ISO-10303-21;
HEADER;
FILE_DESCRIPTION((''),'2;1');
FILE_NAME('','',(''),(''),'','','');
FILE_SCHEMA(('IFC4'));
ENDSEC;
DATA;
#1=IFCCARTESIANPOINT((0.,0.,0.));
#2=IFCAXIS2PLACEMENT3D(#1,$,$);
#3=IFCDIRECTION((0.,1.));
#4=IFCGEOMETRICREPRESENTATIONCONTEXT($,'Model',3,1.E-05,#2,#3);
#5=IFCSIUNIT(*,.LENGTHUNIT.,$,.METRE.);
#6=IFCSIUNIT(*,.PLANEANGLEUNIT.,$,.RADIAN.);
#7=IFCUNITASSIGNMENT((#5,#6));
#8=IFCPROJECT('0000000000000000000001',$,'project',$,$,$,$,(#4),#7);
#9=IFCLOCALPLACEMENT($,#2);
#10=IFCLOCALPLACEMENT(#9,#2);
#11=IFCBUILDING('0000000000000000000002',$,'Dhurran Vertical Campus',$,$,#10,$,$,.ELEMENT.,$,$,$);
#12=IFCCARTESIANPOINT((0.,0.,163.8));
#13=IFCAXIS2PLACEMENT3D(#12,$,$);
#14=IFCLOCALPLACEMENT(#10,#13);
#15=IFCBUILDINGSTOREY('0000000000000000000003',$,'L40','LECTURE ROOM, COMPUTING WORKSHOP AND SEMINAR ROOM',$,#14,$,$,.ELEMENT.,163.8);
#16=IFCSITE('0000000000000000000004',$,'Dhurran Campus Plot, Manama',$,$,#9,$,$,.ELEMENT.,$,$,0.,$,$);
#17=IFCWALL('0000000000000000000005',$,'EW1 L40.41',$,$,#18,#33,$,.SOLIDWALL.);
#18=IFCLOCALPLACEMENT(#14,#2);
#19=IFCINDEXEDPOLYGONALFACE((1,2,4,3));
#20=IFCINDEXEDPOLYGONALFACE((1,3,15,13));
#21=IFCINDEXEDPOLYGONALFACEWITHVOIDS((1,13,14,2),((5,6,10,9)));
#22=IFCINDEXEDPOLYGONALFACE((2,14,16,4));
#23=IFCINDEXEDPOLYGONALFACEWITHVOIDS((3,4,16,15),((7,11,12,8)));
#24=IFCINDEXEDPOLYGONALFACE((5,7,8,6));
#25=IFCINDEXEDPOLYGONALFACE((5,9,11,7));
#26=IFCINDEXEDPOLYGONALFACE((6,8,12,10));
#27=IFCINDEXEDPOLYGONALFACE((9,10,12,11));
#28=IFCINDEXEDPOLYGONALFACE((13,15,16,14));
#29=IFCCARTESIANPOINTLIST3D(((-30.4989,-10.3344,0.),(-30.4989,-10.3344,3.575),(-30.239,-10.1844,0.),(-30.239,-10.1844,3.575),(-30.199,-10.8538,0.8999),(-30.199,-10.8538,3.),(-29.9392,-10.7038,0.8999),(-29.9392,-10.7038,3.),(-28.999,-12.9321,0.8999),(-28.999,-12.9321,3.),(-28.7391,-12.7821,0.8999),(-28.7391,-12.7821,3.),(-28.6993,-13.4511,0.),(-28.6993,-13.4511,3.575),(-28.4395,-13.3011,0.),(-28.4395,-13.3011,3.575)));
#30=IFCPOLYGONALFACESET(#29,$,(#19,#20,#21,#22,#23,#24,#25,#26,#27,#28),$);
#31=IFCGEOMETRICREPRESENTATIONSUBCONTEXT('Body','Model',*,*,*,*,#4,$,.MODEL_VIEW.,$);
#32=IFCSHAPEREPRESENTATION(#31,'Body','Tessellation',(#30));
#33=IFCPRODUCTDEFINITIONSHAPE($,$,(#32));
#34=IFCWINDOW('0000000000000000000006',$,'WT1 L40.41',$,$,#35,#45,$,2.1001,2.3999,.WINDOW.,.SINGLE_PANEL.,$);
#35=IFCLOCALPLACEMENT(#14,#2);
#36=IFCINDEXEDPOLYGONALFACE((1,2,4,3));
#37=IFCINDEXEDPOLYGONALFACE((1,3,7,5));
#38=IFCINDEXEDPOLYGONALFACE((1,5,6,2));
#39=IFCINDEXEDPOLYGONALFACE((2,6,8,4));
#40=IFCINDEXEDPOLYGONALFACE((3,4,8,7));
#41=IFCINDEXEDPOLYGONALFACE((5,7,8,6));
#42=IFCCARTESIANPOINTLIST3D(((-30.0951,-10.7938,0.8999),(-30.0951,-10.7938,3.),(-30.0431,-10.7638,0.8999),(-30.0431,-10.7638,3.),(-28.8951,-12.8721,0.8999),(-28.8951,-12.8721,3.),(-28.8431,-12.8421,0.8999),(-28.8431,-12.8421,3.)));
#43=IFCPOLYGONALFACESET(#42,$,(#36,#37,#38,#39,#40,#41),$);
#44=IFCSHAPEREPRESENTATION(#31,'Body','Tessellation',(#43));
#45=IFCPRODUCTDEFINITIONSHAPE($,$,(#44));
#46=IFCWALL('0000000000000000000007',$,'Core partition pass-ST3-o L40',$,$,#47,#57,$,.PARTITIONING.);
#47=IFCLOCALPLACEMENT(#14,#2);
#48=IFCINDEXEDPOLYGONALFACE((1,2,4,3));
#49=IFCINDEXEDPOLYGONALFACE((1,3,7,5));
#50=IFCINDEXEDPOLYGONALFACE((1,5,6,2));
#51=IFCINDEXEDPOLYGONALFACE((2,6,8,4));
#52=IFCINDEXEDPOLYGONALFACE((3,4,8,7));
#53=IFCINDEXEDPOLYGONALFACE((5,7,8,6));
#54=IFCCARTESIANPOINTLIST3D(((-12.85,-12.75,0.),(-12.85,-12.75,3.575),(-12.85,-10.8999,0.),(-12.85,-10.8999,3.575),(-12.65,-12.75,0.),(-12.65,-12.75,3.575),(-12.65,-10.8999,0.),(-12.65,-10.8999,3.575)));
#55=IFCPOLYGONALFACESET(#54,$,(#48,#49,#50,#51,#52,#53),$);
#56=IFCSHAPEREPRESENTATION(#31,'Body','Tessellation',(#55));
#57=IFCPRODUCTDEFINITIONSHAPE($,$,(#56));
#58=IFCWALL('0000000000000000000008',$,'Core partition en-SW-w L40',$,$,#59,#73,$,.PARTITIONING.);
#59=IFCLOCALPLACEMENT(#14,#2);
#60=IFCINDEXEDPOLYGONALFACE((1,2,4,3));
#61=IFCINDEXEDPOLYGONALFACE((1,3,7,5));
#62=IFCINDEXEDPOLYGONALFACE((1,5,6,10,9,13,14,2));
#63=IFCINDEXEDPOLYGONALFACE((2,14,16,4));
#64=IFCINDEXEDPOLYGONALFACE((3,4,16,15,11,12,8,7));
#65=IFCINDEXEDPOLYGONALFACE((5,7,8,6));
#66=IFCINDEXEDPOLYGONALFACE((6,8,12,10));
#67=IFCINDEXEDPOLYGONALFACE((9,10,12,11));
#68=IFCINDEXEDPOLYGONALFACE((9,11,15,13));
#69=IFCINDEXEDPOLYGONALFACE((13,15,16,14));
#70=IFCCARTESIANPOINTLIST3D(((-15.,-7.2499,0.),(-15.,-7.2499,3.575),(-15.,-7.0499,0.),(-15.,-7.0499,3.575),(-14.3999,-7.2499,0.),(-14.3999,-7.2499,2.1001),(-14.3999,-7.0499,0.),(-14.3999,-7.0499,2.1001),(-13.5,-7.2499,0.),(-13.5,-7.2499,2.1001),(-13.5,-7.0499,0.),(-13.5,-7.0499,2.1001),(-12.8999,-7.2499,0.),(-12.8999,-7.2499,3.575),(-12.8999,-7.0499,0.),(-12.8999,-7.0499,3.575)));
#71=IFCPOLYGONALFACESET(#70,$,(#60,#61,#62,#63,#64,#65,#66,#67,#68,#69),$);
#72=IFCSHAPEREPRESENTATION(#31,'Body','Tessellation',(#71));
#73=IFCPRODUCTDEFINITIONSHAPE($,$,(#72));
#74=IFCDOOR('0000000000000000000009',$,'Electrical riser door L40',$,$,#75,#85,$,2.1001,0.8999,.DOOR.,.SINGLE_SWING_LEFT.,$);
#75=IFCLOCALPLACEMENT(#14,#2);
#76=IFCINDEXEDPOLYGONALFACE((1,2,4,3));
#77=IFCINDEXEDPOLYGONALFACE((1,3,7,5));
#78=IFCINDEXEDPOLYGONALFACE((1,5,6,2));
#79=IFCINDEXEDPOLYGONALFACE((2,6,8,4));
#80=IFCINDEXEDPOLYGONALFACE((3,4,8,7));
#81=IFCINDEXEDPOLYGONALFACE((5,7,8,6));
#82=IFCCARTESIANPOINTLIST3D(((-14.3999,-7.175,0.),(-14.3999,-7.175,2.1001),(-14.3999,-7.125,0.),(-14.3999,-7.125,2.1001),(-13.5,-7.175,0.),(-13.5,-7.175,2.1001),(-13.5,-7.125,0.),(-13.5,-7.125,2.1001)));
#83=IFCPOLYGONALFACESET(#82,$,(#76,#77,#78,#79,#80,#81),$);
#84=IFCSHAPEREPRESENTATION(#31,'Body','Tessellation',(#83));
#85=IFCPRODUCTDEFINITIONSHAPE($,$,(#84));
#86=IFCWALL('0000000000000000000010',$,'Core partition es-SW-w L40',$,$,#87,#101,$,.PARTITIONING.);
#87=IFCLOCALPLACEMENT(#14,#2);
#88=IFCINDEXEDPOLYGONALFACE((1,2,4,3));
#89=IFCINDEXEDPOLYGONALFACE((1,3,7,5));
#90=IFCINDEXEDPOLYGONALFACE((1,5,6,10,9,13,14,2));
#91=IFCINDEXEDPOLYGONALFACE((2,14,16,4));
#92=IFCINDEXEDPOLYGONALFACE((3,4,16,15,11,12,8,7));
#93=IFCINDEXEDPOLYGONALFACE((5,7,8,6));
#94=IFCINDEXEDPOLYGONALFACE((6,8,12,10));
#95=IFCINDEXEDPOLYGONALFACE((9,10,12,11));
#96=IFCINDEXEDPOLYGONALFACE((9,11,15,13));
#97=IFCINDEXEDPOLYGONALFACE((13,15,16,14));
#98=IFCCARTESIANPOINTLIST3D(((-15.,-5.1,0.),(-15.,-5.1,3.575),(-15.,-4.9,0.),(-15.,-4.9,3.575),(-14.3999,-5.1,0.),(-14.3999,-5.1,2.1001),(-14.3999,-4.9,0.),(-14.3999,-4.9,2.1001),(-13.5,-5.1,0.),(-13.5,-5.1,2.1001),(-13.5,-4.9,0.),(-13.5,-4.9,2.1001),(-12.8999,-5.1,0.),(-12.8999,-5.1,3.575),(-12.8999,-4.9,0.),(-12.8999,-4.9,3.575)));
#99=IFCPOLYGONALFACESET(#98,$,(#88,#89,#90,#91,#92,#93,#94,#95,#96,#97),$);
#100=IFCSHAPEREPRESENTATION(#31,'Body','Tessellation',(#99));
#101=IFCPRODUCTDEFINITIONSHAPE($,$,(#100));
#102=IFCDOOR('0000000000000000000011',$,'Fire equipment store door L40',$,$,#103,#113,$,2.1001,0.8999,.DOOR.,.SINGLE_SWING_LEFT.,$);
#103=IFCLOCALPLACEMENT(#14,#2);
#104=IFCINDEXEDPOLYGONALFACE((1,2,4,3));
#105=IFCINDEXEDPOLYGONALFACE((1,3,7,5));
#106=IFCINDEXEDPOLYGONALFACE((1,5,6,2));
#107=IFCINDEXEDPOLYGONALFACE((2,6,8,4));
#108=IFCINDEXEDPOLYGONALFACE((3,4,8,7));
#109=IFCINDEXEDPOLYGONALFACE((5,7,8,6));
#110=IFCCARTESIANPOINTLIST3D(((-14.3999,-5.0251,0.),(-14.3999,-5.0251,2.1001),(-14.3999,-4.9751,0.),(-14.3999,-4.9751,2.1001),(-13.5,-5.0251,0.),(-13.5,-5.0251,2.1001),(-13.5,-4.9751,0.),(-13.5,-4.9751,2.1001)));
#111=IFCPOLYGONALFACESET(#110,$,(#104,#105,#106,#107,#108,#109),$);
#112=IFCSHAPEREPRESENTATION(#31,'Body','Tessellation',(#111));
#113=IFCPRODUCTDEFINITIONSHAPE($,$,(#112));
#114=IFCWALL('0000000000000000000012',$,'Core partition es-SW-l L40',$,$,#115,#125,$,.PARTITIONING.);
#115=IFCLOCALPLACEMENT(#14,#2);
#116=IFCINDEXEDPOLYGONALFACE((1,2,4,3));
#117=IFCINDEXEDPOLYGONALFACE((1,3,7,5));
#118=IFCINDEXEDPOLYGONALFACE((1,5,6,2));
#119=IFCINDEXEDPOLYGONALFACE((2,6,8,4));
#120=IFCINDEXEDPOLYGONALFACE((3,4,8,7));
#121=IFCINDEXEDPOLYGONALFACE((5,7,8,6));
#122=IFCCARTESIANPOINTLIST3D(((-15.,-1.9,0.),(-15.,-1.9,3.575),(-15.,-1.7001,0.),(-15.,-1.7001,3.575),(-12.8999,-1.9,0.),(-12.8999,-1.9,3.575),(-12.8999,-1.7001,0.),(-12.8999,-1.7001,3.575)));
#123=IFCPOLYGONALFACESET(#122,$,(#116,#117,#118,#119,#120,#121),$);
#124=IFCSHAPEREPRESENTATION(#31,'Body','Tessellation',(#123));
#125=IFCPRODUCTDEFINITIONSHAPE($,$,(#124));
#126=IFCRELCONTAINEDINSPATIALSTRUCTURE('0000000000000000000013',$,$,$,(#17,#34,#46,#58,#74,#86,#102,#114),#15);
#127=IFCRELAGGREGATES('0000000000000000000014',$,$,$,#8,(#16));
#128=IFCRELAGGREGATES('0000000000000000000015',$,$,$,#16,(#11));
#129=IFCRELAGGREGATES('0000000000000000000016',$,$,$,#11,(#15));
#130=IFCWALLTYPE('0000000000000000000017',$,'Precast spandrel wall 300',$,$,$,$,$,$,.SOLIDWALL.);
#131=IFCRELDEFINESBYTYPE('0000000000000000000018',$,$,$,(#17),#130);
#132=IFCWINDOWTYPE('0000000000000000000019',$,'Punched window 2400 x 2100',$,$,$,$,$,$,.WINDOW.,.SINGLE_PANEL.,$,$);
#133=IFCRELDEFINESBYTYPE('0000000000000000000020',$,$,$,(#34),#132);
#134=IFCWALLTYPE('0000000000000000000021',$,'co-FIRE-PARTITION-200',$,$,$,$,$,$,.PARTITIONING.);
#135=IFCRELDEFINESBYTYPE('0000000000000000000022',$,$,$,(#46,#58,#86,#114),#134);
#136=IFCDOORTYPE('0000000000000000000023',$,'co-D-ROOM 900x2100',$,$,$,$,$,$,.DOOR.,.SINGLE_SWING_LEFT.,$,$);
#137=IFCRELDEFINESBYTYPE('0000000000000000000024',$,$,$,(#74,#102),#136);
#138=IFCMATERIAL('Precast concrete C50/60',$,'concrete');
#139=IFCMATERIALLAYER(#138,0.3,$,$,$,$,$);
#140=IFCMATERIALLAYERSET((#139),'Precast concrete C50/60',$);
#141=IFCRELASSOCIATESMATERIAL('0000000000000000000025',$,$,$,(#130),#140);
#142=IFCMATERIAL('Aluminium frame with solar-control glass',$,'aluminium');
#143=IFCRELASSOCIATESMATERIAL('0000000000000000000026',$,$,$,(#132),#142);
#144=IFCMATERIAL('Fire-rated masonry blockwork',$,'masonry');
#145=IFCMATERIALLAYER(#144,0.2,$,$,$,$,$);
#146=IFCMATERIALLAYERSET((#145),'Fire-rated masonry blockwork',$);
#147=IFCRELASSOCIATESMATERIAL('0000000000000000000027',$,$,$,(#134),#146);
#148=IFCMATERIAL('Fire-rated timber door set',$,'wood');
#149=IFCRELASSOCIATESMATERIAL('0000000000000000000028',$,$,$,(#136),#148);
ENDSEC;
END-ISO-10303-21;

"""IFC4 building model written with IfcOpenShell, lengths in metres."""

from ifc_helpers import new_model, si_unit, direction, frame, frame_2d, origin, place, context, subcontext, project, spatial, rectangle, extrude, material, layer, layer_set, type_object, element, fill, save


model = new_model("IFC4")

# Units and contexts
model_context = context("Model", 3, precision=1e-05, world=origin(), true_north=direction((0.0, 1.0)))
body_context = subcontext(model_context, "Body", "Model", "MODEL_VIEW")
ifc_project = project(units=[si_unit("LENGTHUNIT", "METRE"), si_unit("PLANEANGLEUNIT", "RADIAN")], contexts=[model_context])

# Site, building, storey
site_placement = place(None, origin())
site = spatial("IfcSite", under=ifc_project, at=site_placement, Name="Dhurran Campus Plot, Manama", CompositionType="ELEMENT", RefElevation=0.0)
building_placement = place(site_placement, origin())
building = spatial("IfcBuilding", under=site, at=building_placement, Name="Dhurran Vertical Campus", CompositionType="ELEMENT")
storey_placement = place(building_placement, frame((0.0, 0.0, 163.8)))
storey = spatial("IfcBuildingStorey", under=building, at=storey_placement, Name="L40", Description="LECTURE ROOM, COMPUTING WORKSHOP AND SEMINAR ROOM", CompositionType="ELEMENT", Elevation=163.8)

# Wall, opening, window
ifc_material_1 = material(Name="Precast concrete C50/60", Category="concrete")
ifc_layer_1 = layer(ifc_material_1, 0.3)
ifc_layer_set_1 = layer_set([ifc_layer_1], Name="Precast concrete C50/60")
wall_type_1 = type_object("IfcWallType", Name="Precast spandrel wall 300", PredefinedType="SOLIDWALL", material=ifc_layer_set_1)
ifc_material_2 = material(Name="Aluminium frame with solar-control glass", Category="aluminium")
window_type = type_object("IfcWindowType", Name="Punched window 2400 x 2100", PartitioningType="SINGLE_PANEL", PredefinedType="WINDOW", material=ifc_material_2)
wall_1_placement = place(storey_placement, frame((-30.3689, -10.2595, 0.0), z_axis=(0.0, 0.0, 1.0), x_axis=(0.500028, -0.866009, 0.0)))
wall_1 = element("IfcWall", 1, at=wall_1_placement, inside=storey, type_object=wall_type_1, Name="EW1 L40.41", PredefinedType="SOLIDWALL", context=body_context, shape_type="SweptSolid", body=[
    extrude(rectangle(XDim=3.5989, YDim=0.3, at=frame_2d((1.7993, 0.0))), origin(), (0.0, 0.0, 1.0), 3.575),
])
opening_1_placement = place(wall_1_placement, frame((0.5996, 0.0, 0.8999)))
opening_1 = element("IfcOpeningElement", 2, at=opening_1_placement, cuts=wall_1, PredefinedType="OPENING", context=body_context, shape_type="SweptSolid", body=[
    extrude(rectangle(XDim=2.3999, YDim=2.1001, at=frame_2d((1.2, 1.05))), frame((0.0, 0.1599, 0.0), z_axis=(0.0, -1.0, 0.0), x_axis=(1.0, 0.0, 0.0)), (0.0, 0.0, 1.0), 0.3201),
])
window_1_placement = place(opening_1_placement, origin())
window_1 = element("IfcWindow", 3, at=window_1_placement, inside=storey, type_object=window_type, Name="WT1 L40.41", OverallHeight=2.1001, OverallWidth=2.3999, PartitioningType="SINGLE_PANEL", PredefinedType="WINDOW", context=body_context, shape_type="SweptSolid", body=[
    extrude(rectangle(XDim=2.3999, YDim=2.1001, at=frame_2d((1.2, 1.05))), frame((0.0, 0.03, 0.0), z_axis=(0.0, -1.0, 0.0), x_axis=(1.0, 0.0, 0.0)), (0.0, 0.0, 1.0), 0.0601),
])
fill(opening_1, window_1)

# Wall
ifc_material_3 = material(Name="Fire-rated masonry blockwork", Category="masonry")
ifc_layer_2 = layer(ifc_material_3, 0.2)
ifc_layer_set_2 = layer_set([ifc_layer_2], Name="Fire-rated masonry blockwork")
wall_type_2 = type_object("IfcWallType", Name="co-FIRE-PARTITION-200", PredefinedType="PARTITIONING", material=ifc_layer_set_2)
wall_2_placement = place(storey_placement, frame((-12.75, -12.75, 0.0), z_axis=(0.0, 0.0, 1.0), x_axis=(0.0, 1.0, 0.0)))
element("IfcWall", 4, at=wall_2_placement, inside=storey, type_object=wall_type_2, Name="Core partition pass-ST3-o L40", PredefinedType="PARTITIONING", context=body_context, shape_type="SweptSolid", body=[
    extrude(rectangle(XDim=1.8501, YDim=0.2, at=frame_2d((0.925, 0.0))), origin(), (0.0, 0.0, 1.0), 3.575),
])

# Walls, openings, doors
wall_3_placement = place(storey_placement, frame((-15.0, -7.1499, 0.0), z_axis=(0.0, 0.0, 1.0), x_axis=(1.0, 0.0, 0.0)))
wall_3 = element("IfcWall", 5, at=wall_3_placement, inside=storey, type_object=wall_type_2, Name="Core partition en-SW-w L40", PredefinedType="PARTITIONING", context=body_context, shape_type="SweptSolid", body=[
    extrude(rectangle(XDim=2.1001, YDim=0.2, at=frame_2d((1.05, 0.0))), origin(), (0.0, 0.0, 1.0), 3.575),
])
opening_2_placement = place(wall_3_placement, frame((0.6001, 0.0, 0.0)))
opening_2 = element("IfcOpeningElement", 6, at=opening_2_placement, cuts=wall_3, PredefinedType="OPENING", context=body_context, shape_type="SweptSolid", body=[
    extrude(rectangle(XDim=0.8999, YDim=2.1001, at=frame_2d((0.45, 1.05))), frame((0.0, 0.1099, 0.0), z_axis=(0.0, -1.0, 0.0), x_axis=(1.0, 0.0, 0.0)), (0.0, 0.0, 1.0), 0.22),
])
ifc_material_4 = material(Name="Fire-rated timber door set", Category="wood")
door_type_1 = type_object("IfcDoorType", Name="co-D-ROOM 900x2100", OperationType="SINGLE_SWING_LEFT", PredefinedType="DOOR", material=ifc_material_4)
door_1_placement = place(opening_2_placement, origin())
door_1 = element("IfcDoor", 7, at=door_1_placement, inside=storey, type_object=door_type_1, Name="Electrical riser door L40", OperationType="SINGLE_SWING_LEFT", OverallHeight=2.1001, OverallWidth=0.8999, PredefinedType="DOOR", context=body_context, shape_type="SweptSolid", body=[
    extrude(rectangle(XDim=0.8999, YDim=2.1001, at=frame_2d((0.45, 1.05))), frame((0.0, 0.0249, 0.0), z_axis=(0.0, -1.0, 0.0), x_axis=(1.0, 0.0, 0.0)), (0.0, 0.0, 1.0), 0.05),
])
fill(opening_2, door_1)
wall_4_placement = place(storey_placement, frame((-15.0, -5.0, 0.0), z_axis=(0.0, 0.0, 1.0), x_axis=(1.0, 0.0, 0.0)))
wall_4 = element("IfcWall", 8, at=wall_4_placement, inside=storey, type_object=wall_type_2, Name="Core partition es-SW-w L40", PredefinedType="PARTITIONING", context=body_context, shape_type="SweptSolid", body=[
    extrude(rectangle(XDim=2.1001, YDim=0.2, at=frame_2d((1.05, 0.0))), origin(), (0.0, 0.0, 1.0), 3.575),
])
opening_3_placement = place(wall_4_placement, frame((0.6001, 0.0, 0.0)))
opening_3 = element("IfcOpeningElement", 9, at=opening_3_placement, cuts=wall_4, PredefinedType="OPENING", context=body_context, shape_type="SweptSolid", body=[
    extrude(rectangle(XDim=0.8999, YDim=2.1001, at=frame_2d((0.45, 1.05))), frame((0.0, 0.1099, 0.0), z_axis=(0.0, -1.0, 0.0), x_axis=(1.0, 0.0, 0.0)), (0.0, 0.0, 1.0), 0.22),
])
door_2_placement = place(opening_3_placement, origin())
door_2 = element("IfcDoor", 10, at=door_2_placement, inside=storey, type_object=door_type_1, Name="Fire equipment store door L40", OperationType="SINGLE_SWING_LEFT", OverallHeight=2.1001, OverallWidth=0.8999, PredefinedType="DOOR", context=body_context, shape_type="SweptSolid", body=[
    extrude(rectangle(XDim=0.8999, YDim=2.1001, at=frame_2d((0.45, 1.05))), frame((0.0, 0.0249, 0.0), z_axis=(0.0, -1.0, 0.0), x_axis=(1.0, 0.0, 0.0)), (0.0, 0.0, 1.0), 0.05),
])
fill(opening_3, door_2)

# Wall
wall_5_placement = place(storey_placement, frame((-15.0, -1.8, 0.0), z_axis=(0.0, 0.0, 1.0), x_axis=(1.0, 0.0, 0.0)))
element("IfcWall", 11, at=wall_5_placement, inside=storey, type_object=wall_type_2, Name="Core partition es-SW-l L40", PredefinedType="PARTITIONING", context=body_context, shape_type="SweptSolid", body=[
    extrude(rectangle(XDim=2.1001, YDim=0.2, at=frame_2d((1.05, 0.0))), origin(), (0.0, 0.0, 1.0), 3.575),
])

save(model, "model.ifc")
